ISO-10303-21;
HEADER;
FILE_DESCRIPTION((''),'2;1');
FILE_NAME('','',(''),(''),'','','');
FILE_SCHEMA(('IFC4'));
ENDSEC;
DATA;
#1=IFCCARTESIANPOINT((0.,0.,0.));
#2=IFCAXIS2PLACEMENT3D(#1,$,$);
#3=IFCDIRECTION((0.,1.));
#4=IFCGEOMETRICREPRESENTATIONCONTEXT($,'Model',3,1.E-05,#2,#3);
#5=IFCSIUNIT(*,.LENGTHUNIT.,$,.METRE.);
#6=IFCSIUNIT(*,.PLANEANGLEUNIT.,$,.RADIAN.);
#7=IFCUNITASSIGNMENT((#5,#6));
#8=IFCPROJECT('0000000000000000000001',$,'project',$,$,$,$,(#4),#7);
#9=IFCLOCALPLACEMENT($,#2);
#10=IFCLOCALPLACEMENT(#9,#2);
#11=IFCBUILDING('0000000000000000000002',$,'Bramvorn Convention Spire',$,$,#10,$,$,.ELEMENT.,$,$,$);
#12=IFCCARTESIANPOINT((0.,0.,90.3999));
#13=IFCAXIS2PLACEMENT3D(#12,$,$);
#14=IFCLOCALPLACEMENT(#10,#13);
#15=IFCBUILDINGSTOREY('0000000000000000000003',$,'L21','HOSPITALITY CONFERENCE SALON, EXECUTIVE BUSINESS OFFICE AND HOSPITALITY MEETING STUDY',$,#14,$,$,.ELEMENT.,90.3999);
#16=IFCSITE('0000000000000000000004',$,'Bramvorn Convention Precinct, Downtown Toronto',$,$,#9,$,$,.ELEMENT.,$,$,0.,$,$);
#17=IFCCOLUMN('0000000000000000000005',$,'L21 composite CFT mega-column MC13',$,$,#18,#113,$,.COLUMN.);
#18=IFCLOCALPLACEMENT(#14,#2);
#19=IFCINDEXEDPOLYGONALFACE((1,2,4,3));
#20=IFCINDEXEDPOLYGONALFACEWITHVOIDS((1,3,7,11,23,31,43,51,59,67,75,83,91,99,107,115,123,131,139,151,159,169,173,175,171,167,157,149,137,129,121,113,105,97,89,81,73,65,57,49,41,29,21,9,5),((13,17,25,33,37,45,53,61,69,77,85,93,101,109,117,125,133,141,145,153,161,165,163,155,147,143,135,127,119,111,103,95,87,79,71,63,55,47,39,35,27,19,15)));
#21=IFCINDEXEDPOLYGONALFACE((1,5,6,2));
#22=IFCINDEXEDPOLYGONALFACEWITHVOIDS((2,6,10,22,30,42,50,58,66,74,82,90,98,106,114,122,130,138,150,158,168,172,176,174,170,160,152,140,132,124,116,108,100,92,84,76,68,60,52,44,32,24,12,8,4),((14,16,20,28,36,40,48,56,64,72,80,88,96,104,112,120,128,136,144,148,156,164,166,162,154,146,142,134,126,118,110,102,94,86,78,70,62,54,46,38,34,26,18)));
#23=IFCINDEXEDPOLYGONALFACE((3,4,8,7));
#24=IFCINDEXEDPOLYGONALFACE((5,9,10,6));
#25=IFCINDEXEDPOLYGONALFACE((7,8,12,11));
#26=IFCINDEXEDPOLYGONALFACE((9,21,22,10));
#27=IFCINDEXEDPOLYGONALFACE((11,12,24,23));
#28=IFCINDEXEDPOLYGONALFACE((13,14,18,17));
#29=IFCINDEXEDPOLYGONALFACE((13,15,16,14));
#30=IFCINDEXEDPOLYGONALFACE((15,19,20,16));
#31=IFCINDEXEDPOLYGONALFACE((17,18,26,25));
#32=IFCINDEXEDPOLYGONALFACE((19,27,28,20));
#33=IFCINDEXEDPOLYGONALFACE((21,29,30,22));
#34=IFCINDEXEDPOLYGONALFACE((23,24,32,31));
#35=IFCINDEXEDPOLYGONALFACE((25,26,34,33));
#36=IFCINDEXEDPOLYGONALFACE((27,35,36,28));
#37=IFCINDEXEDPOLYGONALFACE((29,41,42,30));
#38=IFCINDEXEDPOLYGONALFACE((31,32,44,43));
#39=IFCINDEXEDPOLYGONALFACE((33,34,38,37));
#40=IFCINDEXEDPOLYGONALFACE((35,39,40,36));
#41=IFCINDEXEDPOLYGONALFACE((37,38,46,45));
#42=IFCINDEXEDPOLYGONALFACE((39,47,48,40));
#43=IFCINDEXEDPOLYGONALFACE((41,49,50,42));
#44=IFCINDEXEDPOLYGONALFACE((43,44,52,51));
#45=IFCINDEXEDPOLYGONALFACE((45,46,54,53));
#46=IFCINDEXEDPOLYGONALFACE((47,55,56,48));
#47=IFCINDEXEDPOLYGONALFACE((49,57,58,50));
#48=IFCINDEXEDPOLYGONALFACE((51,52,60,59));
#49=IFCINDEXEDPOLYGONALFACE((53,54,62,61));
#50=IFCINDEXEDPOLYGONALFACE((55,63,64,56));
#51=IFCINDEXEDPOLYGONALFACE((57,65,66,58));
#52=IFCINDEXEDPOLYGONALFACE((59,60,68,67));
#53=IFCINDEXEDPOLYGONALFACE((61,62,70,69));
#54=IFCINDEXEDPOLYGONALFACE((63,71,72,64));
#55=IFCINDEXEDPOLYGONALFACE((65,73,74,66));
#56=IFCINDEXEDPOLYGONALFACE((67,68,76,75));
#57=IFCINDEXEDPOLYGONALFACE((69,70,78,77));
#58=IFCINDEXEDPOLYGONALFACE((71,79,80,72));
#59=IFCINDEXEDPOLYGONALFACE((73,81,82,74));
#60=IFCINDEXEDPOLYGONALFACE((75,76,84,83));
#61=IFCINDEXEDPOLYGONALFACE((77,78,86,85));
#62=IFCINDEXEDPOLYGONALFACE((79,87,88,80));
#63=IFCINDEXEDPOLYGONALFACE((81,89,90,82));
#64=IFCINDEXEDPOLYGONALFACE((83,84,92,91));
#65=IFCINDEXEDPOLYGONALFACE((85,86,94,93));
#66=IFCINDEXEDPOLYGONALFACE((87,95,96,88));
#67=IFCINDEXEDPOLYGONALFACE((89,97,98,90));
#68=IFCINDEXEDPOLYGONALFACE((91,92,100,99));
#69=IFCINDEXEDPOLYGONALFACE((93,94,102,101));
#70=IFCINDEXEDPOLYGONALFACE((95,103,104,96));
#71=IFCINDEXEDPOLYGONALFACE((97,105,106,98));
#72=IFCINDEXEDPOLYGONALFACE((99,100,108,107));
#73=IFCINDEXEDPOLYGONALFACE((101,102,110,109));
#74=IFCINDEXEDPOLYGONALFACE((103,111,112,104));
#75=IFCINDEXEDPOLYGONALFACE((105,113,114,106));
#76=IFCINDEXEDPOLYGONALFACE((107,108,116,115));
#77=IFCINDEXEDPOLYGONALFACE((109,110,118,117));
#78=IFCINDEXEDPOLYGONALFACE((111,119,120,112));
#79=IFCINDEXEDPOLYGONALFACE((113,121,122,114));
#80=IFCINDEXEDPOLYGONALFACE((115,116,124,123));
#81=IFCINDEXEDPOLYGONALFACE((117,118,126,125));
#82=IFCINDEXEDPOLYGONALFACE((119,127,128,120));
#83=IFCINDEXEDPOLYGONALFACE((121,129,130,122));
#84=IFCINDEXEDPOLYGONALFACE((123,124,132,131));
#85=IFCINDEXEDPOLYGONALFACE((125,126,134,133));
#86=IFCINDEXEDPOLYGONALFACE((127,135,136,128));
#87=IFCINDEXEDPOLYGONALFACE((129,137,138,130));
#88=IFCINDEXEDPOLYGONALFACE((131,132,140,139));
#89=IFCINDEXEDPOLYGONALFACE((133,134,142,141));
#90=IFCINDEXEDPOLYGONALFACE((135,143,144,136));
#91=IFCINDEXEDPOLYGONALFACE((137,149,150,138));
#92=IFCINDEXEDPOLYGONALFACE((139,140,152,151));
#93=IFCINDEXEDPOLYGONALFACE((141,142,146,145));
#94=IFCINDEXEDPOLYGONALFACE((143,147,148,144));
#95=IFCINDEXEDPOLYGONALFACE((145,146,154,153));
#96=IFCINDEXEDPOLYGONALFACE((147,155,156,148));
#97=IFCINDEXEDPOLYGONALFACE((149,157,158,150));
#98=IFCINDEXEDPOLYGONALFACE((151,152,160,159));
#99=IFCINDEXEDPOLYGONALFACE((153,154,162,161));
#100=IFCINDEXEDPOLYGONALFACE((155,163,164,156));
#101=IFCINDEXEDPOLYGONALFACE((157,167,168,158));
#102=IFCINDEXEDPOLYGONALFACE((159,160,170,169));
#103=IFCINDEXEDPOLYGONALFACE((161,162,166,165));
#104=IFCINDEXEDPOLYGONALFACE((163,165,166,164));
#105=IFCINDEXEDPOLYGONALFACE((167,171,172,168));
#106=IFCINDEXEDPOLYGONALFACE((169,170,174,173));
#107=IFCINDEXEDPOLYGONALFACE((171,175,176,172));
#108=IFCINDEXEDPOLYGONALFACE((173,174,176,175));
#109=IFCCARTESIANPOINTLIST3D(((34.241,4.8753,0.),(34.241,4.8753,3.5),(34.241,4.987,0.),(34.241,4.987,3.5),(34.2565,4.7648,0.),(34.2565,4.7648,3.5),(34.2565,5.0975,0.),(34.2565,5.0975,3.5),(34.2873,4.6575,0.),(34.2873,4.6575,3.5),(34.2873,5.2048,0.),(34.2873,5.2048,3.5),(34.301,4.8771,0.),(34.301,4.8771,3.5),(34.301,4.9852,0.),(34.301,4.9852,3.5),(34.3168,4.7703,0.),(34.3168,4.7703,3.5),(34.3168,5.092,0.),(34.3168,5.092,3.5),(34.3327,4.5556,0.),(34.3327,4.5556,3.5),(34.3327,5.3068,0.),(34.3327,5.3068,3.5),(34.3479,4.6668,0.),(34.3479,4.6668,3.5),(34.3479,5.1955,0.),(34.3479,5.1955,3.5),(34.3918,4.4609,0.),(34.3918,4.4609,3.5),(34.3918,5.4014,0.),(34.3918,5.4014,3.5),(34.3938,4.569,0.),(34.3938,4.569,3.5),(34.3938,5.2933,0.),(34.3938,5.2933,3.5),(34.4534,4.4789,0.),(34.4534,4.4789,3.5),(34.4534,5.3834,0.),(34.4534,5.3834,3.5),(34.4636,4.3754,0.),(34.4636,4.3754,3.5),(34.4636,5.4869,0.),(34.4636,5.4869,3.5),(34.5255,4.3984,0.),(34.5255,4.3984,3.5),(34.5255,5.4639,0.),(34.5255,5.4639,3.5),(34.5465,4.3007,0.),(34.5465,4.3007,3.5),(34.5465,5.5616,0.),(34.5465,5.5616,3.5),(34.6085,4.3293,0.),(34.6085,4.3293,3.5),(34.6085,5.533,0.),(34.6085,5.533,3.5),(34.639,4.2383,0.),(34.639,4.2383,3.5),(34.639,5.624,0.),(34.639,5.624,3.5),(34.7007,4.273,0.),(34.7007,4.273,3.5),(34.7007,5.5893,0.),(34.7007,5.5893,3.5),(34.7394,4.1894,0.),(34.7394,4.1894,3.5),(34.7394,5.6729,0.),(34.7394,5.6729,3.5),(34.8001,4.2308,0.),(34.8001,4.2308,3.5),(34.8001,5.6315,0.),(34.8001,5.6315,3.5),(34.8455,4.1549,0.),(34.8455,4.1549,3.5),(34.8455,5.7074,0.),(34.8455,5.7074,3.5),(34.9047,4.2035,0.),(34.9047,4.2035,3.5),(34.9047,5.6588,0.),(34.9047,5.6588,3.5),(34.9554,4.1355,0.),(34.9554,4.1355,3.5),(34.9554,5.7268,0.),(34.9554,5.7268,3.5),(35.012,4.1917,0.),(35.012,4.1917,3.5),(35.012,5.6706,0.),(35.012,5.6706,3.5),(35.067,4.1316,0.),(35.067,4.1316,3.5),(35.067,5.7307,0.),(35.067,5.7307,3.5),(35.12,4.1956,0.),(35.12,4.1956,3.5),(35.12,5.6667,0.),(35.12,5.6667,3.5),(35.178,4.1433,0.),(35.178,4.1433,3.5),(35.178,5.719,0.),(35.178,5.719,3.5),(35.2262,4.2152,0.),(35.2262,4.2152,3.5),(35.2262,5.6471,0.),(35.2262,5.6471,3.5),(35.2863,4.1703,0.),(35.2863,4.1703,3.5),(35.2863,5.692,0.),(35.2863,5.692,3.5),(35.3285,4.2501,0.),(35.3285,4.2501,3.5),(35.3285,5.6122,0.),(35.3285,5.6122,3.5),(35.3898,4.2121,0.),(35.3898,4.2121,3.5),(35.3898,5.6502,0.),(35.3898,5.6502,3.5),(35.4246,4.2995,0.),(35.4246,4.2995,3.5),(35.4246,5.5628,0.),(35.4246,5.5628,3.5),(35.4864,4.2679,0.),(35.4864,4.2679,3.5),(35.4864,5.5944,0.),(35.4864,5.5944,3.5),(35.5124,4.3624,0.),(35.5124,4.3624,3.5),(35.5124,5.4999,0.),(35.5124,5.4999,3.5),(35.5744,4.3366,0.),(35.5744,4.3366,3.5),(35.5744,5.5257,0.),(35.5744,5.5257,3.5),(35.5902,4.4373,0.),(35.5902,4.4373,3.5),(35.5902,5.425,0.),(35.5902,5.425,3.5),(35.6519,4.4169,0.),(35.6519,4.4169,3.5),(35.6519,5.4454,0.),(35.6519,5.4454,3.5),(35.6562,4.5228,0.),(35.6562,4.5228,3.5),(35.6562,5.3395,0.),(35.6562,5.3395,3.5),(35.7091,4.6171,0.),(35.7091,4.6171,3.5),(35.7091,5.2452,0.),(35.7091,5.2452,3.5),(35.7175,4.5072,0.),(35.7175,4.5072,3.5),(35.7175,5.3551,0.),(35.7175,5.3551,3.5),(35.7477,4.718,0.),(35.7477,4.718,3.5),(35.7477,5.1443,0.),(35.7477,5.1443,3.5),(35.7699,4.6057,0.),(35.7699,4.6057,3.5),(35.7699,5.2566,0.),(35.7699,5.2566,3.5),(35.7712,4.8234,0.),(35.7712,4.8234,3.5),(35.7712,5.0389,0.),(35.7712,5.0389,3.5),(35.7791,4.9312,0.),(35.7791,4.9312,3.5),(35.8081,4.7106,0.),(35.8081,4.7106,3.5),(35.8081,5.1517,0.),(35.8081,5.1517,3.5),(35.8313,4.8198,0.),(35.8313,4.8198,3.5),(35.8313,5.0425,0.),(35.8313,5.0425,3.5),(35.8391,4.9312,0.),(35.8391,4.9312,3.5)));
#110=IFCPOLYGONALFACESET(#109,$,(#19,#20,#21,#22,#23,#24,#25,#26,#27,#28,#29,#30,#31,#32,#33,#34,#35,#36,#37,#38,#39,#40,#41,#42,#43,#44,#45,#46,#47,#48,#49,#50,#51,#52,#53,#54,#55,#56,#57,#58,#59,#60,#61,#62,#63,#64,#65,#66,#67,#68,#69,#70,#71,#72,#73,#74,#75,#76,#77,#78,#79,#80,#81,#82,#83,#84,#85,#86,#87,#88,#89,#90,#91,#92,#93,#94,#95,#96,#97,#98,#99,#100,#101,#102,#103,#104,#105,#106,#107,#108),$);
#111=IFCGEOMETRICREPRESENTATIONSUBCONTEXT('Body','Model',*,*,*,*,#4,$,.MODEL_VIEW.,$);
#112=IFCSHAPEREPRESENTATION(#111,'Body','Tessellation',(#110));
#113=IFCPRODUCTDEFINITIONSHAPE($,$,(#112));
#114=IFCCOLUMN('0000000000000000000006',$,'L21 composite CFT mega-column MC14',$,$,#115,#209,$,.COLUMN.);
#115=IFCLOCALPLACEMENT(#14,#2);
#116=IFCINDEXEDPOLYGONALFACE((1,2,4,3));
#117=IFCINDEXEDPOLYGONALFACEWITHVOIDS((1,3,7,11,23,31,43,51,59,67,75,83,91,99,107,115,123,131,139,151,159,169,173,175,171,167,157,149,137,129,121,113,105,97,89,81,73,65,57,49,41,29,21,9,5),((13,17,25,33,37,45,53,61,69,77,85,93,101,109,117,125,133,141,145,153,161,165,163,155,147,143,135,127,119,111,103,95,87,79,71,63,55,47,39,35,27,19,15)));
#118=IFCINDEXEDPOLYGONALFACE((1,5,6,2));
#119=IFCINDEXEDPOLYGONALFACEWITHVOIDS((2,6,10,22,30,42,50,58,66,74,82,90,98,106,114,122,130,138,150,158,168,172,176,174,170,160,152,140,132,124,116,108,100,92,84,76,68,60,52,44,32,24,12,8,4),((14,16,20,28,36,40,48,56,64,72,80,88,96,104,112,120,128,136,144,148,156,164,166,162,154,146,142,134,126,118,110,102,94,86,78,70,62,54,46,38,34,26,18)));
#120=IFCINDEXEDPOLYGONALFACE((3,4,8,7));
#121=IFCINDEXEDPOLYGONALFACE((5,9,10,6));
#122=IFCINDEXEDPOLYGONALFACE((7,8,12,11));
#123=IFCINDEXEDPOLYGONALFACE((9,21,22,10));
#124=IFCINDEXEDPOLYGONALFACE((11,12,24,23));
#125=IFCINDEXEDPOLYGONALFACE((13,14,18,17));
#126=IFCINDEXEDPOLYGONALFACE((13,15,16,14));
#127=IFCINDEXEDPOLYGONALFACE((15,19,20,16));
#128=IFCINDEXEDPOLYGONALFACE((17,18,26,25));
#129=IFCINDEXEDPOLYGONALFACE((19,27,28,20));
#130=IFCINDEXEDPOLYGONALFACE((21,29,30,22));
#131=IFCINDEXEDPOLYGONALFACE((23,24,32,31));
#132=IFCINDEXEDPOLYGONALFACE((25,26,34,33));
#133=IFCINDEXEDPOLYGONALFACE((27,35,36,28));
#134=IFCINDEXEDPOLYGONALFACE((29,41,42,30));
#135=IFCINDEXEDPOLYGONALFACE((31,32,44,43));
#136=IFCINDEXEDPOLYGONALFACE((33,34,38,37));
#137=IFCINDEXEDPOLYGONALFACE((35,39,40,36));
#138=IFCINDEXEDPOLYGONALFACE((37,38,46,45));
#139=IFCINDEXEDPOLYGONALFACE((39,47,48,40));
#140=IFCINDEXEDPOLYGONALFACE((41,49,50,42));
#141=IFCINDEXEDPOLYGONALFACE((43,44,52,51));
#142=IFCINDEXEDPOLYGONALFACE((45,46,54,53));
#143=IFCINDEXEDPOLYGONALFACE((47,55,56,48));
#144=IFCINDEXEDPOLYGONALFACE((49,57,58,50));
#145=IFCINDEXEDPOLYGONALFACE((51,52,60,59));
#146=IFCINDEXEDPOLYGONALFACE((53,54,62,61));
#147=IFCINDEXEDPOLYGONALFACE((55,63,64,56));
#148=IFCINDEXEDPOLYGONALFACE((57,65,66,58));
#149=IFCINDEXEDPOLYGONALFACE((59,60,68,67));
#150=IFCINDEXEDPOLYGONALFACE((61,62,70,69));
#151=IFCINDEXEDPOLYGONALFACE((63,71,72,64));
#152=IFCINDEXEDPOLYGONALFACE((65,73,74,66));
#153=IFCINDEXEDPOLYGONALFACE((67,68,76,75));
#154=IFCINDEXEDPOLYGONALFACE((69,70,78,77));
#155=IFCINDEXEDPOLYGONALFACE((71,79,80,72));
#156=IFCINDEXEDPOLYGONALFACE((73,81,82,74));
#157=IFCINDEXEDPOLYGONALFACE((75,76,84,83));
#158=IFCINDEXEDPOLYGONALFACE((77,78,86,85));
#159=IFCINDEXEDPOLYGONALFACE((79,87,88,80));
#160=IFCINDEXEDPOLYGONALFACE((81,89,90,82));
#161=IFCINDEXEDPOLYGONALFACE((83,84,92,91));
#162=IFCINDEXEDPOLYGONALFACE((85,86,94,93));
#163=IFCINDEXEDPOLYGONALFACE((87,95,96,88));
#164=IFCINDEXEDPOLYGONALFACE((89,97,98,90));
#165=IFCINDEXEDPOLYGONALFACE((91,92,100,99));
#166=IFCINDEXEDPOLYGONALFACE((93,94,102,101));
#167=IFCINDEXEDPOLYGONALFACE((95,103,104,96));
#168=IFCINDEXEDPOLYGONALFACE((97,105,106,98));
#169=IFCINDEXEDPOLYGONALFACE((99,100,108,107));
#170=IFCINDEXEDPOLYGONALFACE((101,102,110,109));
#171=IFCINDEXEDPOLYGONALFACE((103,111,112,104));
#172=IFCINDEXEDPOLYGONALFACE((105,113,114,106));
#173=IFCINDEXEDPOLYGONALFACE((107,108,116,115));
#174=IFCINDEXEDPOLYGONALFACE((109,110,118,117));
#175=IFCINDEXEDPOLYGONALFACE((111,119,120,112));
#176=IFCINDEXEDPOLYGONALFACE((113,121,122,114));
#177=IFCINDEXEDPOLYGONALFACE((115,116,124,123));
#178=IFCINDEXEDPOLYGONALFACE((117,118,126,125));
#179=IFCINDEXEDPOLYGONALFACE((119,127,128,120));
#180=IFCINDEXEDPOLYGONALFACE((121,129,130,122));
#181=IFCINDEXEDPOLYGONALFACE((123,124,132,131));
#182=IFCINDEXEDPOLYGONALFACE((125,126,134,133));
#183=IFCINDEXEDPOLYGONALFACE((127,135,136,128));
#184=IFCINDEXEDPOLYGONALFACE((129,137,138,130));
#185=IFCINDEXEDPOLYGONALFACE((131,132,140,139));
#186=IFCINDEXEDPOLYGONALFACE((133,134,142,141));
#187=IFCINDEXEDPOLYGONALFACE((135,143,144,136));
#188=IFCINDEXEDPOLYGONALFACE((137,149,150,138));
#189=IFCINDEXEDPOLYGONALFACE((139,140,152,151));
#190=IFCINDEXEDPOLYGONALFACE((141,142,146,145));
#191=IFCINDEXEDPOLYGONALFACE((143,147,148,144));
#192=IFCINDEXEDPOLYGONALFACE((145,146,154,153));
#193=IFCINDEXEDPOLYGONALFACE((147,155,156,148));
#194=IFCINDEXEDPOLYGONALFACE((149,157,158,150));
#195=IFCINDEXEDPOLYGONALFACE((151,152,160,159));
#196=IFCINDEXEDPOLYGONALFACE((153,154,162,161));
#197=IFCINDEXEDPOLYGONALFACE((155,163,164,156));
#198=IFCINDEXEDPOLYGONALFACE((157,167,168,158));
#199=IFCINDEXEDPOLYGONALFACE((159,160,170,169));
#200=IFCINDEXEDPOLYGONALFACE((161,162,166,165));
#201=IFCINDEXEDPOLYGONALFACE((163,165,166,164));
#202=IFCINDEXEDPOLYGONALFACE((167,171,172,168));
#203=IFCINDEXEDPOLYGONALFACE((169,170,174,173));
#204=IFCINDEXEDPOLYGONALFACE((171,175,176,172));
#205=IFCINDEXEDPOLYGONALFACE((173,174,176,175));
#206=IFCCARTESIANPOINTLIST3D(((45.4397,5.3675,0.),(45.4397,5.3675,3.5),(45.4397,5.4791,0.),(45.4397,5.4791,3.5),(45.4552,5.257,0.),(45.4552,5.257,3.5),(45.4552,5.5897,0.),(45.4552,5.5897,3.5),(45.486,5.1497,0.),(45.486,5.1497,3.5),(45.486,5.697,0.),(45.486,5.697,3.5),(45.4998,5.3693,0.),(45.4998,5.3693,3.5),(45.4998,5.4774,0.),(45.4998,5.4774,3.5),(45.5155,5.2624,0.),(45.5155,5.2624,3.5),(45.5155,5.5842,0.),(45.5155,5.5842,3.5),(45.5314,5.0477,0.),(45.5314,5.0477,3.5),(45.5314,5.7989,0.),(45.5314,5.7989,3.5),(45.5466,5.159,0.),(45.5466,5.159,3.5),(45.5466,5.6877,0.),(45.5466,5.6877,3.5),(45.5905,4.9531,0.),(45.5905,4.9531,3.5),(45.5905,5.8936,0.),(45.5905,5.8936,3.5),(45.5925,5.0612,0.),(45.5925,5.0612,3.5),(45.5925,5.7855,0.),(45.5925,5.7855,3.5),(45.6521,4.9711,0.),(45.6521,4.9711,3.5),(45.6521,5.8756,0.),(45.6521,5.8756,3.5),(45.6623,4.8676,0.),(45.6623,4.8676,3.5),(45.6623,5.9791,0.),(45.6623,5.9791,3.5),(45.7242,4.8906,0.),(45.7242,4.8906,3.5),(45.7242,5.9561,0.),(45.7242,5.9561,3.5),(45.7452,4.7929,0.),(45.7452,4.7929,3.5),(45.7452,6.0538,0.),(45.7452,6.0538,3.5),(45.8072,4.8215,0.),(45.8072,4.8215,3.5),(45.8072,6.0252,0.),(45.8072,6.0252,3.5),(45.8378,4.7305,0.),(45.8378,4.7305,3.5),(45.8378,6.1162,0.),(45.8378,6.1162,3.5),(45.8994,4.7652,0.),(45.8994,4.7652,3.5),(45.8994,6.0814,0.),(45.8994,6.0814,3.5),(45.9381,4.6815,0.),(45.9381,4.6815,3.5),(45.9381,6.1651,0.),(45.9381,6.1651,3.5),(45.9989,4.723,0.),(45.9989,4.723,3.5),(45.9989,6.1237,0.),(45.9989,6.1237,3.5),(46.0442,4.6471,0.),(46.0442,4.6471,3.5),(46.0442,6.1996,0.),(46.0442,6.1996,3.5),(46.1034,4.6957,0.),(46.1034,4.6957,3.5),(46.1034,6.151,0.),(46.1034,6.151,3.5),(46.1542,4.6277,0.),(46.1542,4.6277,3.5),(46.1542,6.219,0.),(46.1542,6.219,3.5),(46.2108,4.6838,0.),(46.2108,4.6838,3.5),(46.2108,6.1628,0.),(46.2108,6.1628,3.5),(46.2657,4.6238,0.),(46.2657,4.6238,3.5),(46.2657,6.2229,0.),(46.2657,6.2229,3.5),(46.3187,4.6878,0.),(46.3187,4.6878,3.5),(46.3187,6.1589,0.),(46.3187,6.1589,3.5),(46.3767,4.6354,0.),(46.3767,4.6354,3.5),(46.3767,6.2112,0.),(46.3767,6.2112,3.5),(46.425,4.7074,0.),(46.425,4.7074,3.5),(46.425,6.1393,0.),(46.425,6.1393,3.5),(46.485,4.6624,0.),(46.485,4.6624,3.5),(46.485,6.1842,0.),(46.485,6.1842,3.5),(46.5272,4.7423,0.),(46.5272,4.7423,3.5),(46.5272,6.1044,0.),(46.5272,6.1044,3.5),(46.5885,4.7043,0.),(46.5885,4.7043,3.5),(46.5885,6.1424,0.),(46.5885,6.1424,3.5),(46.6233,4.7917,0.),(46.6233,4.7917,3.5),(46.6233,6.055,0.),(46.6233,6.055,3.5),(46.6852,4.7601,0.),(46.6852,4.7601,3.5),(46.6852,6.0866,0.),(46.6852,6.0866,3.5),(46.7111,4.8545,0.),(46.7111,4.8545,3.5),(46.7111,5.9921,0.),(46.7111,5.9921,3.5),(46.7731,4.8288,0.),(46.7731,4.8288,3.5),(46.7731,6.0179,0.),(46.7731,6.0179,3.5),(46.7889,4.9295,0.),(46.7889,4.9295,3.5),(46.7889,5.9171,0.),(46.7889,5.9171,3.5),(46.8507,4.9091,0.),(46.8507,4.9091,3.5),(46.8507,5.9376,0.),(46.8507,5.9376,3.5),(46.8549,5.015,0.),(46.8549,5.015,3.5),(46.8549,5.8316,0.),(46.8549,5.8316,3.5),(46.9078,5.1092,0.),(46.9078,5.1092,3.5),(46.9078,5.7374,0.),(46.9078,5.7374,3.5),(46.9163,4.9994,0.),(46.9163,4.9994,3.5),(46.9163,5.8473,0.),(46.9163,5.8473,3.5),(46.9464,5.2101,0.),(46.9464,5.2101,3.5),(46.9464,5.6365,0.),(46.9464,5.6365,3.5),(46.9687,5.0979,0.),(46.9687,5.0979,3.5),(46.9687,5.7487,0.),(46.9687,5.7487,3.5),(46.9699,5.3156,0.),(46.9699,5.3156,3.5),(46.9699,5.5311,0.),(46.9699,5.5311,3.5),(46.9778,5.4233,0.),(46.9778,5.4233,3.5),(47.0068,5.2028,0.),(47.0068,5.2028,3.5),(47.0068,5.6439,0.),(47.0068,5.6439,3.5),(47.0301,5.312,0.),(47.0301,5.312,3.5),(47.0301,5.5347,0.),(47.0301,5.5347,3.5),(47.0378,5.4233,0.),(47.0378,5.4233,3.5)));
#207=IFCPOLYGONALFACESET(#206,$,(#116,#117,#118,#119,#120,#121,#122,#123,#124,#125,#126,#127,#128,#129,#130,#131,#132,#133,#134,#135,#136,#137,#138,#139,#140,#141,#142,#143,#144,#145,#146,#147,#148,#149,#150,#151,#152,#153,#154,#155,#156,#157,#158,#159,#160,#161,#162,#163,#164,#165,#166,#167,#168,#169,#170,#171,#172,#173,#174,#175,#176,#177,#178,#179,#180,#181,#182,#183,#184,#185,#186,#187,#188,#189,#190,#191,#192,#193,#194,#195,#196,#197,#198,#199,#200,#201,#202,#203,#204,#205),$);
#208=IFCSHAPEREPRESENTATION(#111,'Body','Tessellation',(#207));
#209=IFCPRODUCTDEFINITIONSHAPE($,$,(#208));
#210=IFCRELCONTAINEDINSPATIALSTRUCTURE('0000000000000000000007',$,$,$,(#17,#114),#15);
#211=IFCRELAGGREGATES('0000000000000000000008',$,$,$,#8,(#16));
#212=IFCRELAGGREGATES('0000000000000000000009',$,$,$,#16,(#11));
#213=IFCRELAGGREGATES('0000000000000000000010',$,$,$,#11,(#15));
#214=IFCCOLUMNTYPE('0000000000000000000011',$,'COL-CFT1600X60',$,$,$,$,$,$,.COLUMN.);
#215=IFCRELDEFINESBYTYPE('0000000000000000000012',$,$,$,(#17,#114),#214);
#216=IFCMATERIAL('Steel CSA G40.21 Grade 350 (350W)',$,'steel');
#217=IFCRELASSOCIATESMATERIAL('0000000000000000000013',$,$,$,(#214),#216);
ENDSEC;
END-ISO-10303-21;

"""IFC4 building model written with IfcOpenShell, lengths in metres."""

from ifc_helpers import new_model, si_unit, direction, frame, origin, origin_2d, place, context, subcontext, project, spatial, hollow_circle, extrude, material, material_profile, profile_set, type_object, element, save


model = new_model("IFC4")

# Units and contexts
model_context = context("Model", 3, precision=1e-05, world=origin(), true_north=direction((0.0, 1.0)))
body_context = subcontext(model_context, "Body", "Model", "MODEL_VIEW")
ifc_project = project(units=[si_unit("LENGTHUNIT", "METRE"), si_unit("PLANEANGLEUNIT", "RADIAN")], contexts=[model_context])

# Site, building, storey
site_placement = place(None, origin())
site = spatial("IfcSite", under=ifc_project, at=site_placement, Name="Bramvorn Convention Precinct, Downtown Toronto", CompositionType="ELEMENT", RefElevation=0.0)
building_placement = place(site_placement, origin())
building = spatial("IfcBuilding", under=site, at=building_placement, Name="Bramvorn Convention Spire", CompositionType="ELEMENT")
storey_placement = place(building_placement, frame((0.0, 0.0, 90.3999)))
storey = spatial("IfcBuildingStorey", under=building, at=storey_placement, Name="L21", Description="HOSPITALITY CONFERENCE SALON, EXECUTIVE BUSINESS OFFICE AND HOSPITALITY MEETING STUDY", CompositionType="ELEMENT", Elevation=90.3999)

# Columns
ifc_material_1 = material(Name="Steel CSA G40.21 Grade 350 (350W)", Category="steel")
ifc_material_profile_1 = material_profile(ifc_material_1, hollow_circle(Radius=0.8, WallThickness=0.0601, at=origin_2d()))
ifc_profile_set_1 = profile_set([ifc_material_profile_1], Name="Steel CSA G40.21 Grade 350 (350W) - CFT1600X60")
column_type = type_object("IfcColumnType", Name="COL-CFT1600X60", PredefinedType="COLUMN", material=ifc_profile_set_1)
for number, where, z_axis, x_axis, name in (
    (1, (35.0391, 4.9312, 0.0), (0.0, 0.0, 1.0), (1.0, 0.0, 0.0), "L21 composite CFT mega-column MC13"),
    (2, (46.2378, 5.4233, 0.0), (0.0, 0.0, 1.0), (1.0, 0.0, 0.0), "L21 composite CFT mega-column MC14"),
):
    element("IfcColumn", number, at=place(storey_placement, frame(where, z_axis=z_axis, x_axis=x_axis)), inside=storey, type_object=column_type, Name=name, PredefinedType="COLUMN", context=body_context, shape_type="SweptSolid", body=[
        extrude(hollow_circle(Radius=0.8, WallThickness=0.0601, at=origin_2d()), origin(), (0.0, 0.0, 1.0), 3.5),
    ])

save(model, "model.ifc")
